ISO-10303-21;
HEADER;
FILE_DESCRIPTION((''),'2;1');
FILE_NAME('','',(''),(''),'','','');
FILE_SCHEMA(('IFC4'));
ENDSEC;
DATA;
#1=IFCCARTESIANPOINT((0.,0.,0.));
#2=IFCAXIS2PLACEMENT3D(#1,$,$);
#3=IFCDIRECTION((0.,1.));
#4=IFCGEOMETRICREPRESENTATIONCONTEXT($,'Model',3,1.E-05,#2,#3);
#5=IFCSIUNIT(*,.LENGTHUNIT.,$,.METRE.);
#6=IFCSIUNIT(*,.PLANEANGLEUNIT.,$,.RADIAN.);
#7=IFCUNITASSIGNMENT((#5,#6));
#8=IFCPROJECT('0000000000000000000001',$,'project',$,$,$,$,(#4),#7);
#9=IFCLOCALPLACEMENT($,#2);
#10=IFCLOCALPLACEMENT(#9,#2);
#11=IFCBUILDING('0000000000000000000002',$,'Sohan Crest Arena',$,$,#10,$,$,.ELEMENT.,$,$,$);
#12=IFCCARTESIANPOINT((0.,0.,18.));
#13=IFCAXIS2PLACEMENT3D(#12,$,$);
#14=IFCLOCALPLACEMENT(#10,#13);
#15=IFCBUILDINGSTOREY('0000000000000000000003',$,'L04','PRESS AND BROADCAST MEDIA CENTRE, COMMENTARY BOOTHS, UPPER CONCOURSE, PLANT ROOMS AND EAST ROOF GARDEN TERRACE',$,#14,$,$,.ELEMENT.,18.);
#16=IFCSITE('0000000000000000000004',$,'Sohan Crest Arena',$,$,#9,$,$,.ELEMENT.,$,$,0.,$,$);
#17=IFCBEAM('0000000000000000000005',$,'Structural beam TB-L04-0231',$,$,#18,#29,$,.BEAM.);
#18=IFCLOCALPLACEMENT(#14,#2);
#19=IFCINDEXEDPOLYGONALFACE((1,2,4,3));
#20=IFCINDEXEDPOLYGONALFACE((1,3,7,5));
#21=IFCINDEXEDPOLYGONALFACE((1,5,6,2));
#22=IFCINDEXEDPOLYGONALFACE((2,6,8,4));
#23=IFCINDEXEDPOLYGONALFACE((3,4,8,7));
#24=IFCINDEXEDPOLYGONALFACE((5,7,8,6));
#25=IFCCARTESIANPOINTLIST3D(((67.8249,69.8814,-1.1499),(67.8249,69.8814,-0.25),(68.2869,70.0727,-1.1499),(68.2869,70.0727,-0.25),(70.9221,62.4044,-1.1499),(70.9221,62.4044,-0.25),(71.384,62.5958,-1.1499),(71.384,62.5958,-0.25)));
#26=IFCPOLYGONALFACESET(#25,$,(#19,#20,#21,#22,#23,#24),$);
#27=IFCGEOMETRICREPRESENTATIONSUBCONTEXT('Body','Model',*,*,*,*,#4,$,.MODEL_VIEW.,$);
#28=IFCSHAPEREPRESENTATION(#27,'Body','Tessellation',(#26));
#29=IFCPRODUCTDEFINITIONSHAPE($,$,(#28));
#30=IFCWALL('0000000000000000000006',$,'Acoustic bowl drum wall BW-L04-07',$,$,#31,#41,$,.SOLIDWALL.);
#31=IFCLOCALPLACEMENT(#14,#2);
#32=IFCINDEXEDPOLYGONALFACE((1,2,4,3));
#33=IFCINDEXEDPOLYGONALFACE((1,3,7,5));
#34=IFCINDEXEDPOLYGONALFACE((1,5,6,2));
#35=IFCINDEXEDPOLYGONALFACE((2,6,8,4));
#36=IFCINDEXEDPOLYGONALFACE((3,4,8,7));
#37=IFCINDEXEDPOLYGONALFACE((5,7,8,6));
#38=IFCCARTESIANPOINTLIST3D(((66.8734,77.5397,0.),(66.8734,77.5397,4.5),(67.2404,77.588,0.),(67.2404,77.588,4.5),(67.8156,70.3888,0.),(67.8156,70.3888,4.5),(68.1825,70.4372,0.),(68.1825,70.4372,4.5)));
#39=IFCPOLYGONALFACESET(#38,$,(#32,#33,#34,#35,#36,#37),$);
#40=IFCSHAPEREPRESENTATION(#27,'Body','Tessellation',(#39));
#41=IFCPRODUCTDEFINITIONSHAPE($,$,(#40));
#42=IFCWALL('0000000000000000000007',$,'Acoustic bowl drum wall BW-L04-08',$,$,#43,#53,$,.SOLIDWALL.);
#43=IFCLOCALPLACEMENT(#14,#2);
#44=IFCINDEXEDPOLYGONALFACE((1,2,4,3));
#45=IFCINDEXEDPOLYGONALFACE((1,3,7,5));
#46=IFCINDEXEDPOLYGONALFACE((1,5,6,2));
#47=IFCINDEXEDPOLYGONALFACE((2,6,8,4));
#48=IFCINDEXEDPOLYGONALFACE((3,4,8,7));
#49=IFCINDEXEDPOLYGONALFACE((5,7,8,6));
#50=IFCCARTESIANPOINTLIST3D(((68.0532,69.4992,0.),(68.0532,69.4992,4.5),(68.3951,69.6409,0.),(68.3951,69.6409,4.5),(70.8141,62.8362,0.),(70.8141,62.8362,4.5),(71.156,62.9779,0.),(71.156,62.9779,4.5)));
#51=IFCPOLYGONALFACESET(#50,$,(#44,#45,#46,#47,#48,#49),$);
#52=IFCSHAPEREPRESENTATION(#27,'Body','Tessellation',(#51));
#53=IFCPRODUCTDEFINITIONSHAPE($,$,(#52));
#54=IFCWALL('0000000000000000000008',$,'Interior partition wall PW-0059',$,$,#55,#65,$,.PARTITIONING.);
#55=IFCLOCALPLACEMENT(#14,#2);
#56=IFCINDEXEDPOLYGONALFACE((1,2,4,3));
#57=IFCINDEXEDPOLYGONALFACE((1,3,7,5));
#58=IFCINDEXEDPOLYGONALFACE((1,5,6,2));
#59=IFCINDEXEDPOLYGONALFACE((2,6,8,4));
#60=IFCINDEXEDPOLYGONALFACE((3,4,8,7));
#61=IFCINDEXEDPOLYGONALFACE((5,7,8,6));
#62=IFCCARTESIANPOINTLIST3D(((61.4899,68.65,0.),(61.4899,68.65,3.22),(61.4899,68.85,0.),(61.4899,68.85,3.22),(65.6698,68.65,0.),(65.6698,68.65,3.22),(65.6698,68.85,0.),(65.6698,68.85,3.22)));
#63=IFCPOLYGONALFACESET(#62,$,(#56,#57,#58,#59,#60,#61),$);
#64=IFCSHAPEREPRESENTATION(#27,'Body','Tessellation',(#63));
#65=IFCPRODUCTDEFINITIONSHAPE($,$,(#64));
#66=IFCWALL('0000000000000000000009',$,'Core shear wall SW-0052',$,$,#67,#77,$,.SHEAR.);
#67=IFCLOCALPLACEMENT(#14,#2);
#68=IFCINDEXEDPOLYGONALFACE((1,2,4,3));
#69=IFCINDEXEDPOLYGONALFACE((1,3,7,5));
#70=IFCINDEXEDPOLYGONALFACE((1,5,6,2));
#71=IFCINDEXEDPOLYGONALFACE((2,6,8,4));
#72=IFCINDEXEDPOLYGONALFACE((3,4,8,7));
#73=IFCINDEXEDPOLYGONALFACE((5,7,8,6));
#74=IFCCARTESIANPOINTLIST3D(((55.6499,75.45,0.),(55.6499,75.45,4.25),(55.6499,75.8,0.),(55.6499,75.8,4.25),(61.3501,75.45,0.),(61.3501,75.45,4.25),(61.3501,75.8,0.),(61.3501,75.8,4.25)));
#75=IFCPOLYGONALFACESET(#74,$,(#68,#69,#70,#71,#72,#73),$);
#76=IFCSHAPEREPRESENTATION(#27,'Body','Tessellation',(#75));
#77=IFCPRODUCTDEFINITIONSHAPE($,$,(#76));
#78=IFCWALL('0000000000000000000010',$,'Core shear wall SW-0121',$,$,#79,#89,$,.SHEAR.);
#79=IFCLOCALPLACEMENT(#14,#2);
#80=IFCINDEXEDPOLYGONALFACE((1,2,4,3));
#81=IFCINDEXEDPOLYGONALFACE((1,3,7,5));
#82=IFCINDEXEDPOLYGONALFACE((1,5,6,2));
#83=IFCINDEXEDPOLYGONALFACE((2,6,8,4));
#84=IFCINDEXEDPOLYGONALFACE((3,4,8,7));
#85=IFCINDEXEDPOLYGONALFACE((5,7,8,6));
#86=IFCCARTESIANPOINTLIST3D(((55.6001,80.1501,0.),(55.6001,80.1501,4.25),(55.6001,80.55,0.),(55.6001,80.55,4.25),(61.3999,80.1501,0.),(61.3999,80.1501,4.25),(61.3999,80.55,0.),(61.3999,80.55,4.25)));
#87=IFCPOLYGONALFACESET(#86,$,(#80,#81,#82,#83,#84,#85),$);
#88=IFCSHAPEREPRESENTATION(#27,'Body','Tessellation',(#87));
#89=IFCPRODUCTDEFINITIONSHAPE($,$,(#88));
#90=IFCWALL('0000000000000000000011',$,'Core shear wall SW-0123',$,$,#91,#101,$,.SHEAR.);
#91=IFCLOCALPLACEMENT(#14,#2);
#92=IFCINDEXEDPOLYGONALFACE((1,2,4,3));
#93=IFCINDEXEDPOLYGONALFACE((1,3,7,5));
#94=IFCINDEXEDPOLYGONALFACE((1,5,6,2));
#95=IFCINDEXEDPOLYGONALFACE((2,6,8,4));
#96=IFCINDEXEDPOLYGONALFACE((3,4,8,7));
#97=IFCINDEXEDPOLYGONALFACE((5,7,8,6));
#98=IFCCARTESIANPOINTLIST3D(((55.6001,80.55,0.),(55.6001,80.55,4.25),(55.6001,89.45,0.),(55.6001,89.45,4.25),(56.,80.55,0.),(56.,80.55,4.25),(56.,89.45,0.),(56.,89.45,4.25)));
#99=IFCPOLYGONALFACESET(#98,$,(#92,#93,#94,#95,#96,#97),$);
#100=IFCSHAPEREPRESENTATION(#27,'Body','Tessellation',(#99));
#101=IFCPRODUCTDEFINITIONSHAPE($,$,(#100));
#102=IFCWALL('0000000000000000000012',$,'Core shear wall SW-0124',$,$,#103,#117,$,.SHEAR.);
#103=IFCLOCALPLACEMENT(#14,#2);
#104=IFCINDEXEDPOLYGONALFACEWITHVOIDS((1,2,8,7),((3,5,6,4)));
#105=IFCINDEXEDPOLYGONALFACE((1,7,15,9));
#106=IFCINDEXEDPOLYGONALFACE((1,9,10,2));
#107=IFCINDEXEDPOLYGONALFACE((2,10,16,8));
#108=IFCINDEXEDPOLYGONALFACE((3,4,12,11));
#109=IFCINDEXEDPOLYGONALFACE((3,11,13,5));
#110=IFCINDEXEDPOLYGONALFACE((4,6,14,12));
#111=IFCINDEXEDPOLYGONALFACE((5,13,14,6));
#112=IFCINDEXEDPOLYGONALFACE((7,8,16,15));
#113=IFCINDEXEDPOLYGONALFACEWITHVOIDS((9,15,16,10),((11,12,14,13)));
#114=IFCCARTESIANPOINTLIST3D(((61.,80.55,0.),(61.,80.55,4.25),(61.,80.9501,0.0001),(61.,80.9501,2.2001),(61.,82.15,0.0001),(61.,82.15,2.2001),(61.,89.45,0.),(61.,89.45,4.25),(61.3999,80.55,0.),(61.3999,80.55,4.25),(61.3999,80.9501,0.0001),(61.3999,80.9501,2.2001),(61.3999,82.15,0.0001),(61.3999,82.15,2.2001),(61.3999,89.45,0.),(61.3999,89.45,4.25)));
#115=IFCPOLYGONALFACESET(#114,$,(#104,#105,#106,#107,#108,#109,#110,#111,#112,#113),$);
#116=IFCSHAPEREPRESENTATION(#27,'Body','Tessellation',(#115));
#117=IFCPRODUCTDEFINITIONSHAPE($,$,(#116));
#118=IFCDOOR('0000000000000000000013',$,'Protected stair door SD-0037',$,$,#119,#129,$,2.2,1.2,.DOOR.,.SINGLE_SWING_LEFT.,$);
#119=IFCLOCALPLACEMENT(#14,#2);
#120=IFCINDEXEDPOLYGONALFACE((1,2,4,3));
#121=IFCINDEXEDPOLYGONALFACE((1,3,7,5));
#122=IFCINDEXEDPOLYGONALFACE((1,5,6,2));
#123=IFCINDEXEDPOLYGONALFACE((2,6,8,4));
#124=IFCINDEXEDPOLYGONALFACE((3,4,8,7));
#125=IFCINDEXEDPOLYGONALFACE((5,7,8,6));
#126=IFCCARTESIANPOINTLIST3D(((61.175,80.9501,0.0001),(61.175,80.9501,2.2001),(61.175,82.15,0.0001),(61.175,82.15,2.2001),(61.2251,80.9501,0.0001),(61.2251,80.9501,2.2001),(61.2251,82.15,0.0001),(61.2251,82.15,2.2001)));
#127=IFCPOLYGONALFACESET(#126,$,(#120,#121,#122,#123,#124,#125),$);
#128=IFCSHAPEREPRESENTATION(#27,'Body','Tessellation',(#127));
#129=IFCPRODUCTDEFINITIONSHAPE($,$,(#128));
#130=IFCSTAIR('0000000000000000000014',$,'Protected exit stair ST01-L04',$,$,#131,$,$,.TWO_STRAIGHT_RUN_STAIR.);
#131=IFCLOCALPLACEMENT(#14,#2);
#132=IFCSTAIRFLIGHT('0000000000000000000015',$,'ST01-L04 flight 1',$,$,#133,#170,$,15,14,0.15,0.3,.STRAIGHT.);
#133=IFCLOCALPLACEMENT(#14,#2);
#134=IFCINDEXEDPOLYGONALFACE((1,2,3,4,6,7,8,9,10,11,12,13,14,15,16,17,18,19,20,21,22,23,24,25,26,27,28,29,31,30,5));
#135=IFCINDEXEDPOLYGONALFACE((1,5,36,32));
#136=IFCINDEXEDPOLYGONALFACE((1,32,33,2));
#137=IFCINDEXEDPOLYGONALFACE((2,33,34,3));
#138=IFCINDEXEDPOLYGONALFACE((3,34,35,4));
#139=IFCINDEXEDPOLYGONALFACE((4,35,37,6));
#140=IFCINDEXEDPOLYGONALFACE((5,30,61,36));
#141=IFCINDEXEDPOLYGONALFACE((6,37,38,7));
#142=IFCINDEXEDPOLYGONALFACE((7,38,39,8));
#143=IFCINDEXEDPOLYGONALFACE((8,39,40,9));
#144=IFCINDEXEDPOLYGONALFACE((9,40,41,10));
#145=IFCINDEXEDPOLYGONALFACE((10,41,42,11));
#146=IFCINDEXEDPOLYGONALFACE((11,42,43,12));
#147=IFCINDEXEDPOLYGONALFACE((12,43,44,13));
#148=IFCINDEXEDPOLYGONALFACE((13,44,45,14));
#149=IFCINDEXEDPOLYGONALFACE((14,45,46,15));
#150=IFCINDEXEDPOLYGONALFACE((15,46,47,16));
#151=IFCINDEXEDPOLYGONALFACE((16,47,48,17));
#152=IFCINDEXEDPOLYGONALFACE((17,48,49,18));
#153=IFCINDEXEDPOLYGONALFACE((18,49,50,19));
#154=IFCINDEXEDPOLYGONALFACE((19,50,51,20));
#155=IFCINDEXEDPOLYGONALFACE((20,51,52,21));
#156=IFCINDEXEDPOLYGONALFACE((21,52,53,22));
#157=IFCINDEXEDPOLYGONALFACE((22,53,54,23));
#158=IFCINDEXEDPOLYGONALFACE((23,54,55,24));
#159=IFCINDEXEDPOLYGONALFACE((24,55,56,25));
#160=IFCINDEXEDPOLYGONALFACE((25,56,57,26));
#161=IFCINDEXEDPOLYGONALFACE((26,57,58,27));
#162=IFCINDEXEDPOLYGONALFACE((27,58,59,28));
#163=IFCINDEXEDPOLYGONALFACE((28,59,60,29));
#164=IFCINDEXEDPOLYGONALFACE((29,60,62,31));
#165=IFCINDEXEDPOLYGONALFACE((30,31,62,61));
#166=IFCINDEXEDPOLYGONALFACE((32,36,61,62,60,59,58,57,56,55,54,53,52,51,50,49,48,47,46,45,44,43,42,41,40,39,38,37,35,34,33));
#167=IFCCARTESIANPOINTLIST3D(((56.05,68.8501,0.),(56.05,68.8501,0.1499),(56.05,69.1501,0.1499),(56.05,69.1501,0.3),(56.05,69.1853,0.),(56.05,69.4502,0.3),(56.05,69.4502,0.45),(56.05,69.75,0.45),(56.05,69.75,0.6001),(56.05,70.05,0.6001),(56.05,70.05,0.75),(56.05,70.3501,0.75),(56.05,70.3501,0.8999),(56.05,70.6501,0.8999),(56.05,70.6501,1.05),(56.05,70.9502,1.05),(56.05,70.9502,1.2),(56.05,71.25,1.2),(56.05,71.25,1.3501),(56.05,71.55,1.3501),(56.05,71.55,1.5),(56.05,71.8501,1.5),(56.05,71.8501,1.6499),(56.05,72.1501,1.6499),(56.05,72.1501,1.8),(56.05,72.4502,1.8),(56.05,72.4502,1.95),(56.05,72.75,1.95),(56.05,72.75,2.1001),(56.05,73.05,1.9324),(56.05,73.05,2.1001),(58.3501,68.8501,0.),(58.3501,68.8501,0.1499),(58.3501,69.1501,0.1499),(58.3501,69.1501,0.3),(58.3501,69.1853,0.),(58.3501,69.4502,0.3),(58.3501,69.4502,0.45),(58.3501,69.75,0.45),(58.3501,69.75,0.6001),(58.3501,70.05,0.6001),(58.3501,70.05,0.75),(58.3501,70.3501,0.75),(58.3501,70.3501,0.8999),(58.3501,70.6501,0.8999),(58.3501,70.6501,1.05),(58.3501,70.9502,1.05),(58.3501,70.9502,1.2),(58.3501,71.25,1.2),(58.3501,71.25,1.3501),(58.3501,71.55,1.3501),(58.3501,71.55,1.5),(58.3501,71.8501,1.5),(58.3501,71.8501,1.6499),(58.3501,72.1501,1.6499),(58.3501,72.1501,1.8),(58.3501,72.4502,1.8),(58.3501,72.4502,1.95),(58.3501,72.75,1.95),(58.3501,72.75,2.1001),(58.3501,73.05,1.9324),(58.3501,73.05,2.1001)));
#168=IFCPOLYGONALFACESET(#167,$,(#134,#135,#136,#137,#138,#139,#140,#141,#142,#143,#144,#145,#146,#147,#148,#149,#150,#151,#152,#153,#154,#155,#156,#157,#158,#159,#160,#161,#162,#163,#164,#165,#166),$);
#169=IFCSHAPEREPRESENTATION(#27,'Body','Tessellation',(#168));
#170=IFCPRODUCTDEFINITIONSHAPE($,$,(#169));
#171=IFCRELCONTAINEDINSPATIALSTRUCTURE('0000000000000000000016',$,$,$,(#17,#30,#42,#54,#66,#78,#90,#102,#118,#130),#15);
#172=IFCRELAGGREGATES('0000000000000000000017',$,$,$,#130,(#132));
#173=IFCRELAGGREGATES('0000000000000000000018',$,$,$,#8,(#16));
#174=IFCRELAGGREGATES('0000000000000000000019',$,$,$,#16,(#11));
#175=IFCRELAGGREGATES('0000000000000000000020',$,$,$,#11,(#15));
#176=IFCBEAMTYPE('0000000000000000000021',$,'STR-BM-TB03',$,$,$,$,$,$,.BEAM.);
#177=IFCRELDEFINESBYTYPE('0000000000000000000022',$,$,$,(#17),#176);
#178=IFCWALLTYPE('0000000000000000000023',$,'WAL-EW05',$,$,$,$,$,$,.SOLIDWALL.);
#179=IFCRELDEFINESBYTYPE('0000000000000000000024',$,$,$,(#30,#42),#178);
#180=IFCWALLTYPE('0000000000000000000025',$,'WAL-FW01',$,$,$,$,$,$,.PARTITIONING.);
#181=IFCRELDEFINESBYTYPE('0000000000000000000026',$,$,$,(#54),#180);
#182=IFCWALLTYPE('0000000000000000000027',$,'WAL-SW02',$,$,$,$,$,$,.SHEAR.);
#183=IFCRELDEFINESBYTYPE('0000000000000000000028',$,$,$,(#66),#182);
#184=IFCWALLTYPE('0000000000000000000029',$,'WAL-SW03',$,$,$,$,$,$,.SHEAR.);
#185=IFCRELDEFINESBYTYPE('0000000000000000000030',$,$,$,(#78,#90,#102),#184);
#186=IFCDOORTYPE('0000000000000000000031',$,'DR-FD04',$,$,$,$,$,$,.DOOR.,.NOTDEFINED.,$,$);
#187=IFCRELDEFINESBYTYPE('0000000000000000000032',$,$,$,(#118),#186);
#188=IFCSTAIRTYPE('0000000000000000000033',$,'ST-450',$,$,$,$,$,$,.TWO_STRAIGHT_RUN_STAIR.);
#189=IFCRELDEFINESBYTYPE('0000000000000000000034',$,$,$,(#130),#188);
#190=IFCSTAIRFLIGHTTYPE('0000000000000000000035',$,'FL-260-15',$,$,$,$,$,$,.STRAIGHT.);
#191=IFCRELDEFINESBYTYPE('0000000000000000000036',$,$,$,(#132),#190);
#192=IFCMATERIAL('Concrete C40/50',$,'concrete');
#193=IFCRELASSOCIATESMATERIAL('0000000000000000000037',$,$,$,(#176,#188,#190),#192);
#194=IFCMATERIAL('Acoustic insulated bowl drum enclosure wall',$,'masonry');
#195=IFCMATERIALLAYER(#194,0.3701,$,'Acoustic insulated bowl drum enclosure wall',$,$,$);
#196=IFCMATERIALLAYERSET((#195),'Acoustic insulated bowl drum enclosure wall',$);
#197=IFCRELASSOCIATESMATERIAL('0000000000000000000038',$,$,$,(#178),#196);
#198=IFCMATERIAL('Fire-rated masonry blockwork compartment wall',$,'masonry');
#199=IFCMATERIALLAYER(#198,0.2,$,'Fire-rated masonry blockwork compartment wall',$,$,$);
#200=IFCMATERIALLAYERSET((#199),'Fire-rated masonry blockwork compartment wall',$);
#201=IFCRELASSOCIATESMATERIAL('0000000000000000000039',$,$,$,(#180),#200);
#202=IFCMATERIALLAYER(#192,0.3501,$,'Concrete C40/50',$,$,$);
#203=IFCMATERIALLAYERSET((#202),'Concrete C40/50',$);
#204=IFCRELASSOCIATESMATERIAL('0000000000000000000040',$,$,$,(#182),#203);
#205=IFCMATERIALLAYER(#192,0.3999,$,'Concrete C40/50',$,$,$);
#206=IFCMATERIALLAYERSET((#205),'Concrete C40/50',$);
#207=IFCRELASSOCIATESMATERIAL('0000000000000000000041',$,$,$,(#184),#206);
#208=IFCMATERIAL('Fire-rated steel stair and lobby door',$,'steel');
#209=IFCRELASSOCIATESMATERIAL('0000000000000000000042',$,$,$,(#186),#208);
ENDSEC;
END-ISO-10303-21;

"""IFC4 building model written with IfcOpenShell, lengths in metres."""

from ifc_helpers import new_model, si_unit, direction, frame, frame_2d, origin, origin_2d, place, context, subcontext, project, spatial, polyline, rectangle, outline, extrude, material, layer, layer_set, material_profile, profile_set, type_object, element, fill, aggregate, save


model = new_model("IFC4")

# Units and contexts
model_context = context("Model", 3, precision=1e-05, world=origin(), true_north=direction((0.0, 1.0)))
body_context = subcontext(model_context, "Body", "Model", "MODEL_VIEW")
ifc_project = project(units=[si_unit("LENGTHUNIT", "METRE"), si_unit("PLANEANGLEUNIT", "RADIAN")], contexts=[model_context])

# Site, building, storey
site_placement = place(None, origin())
site = spatial("IfcSite", under=ifc_project, at=site_placement, Name="Sohan Crest Arena", CompositionType="ELEMENT", RefElevation=0.0)
building_placement = place(site_placement, origin())
building = spatial("IfcBuilding", under=site, at=building_placement, Name="Sohan Crest Arena", CompositionType="ELEMENT")
storey_placement = place(building_placement, frame((0.0, 0.0, 18.0)))
storey = spatial("IfcBuildingStorey", under=building, at=storey_placement, Name="L04", Description="PRESS AND BROADCAST MEDIA CENTRE, COMMENTARY BOOTHS, UPPER CONCOURSE, PLANT ROOMS AND EAST ROOF GARDEN TERRACE", CompositionType="ELEMENT", Elevation=18.0)

# Shared definitions
ifc_material_1 = material(Name="Concrete C40/50", Category="concrete")

# Beam
ifc_material_profile_1 = material_profile(ifc_material_1, rectangle(XDim=0.5, YDim=0.8999, at=origin_2d()), Name="RC-BM 500x900")
ifc_profile_set_1 = profile_set([ifc_material_profile_1], Name="Concrete C40/50")
beam_type_1 = type_object("IfcBeamType", Name="STR-BM-TB03", PredefinedType="BEAM", material=ifc_profile_set_1)
beam_1_placement = place(storey_placement, frame((68.0559, 69.9771, -0.7), z_axis=(0.382691, -0.923876, 0.0), x_axis=(0.923876, 0.382691, 0.0)))
element("IfcBeam", 1, at=beam_1_placement, inside=storey, type_object=beam_type_1, Name="Structural beam TB-L04-0231", PredefinedType="BEAM", context=body_context, shape_type="SweptSolid", body=[
    extrude(rectangle(XDim=0.5, YDim=0.8999, at=origin_2d()), origin(), (0.0, 0.0, 1.0), 8.093),
])

# Walls
ifc_material_2 = material(Name="Acoustic insulated bowl drum enclosure wall", Category="masonry")
ifc_layer_1 = layer(ifc_material_2, 0.3701, Name="Acoustic insulated bowl drum enclosure wall")
ifc_layer_set_1 = layer_set([ifc_layer_1], Name="Acoustic insulated bowl drum enclosure wall")
wall_type_1 = type_object("IfcWallType", Name="WAL-EW05", PredefinedType="SOLIDWALL", material=ifc_layer_set_1)
wall_1_placement = place(storey_placement, frame((67.0569, 77.564, 0.0), z_axis=(0.0, 0.0, 1.0), x_axis=(0.130623, -0.991432, 0.0)))
element("IfcWall", 2, at=wall_1_placement, inside=storey, type_object=wall_type_1, Name="Acoustic bowl drum wall BW-L04-07", PredefinedType="SOLIDWALL", context=body_context, shape_type="SweptSolid", body=[
    extrude(rectangle(XDim=7.2126, YDim=0.3701, at=frame_2d((3.6064, 0.0))), origin(), (0.0, 0.0, 1.0), 4.5),
])
wall_2_placement = place(storey_placement, frame((68.2241, 69.5701, 0.0), z_axis=(0.0, 0.0, 1.0), x_axis=(0.382807, -0.923828, 0.0)))
element("IfcWall", 3, at=wall_2_placement, inside=storey, type_object=wall_type_1, Name="Acoustic bowl drum wall BW-L04-08", PredefinedType="SOLIDWALL", context=body_context, shape_type="SweptSolid", body=[
    extrude(rectangle(XDim=7.2124, YDim=0.3701, at=frame_2d((3.6062, 0.0))), origin(), (0.0, 0.0, 1.0), 4.5),
])
ifc_material_3 = material(Name="Fire-rated masonry blockwork compartment wall", Category="masonry")
ifc_layer_2 = layer(ifc_material_3, 0.2, Name="Fire-rated masonry blockwork compartment wall")
ifc_layer_set_2 = layer_set([ifc_layer_2], Name="Fire-rated masonry blockwork compartment wall")
wall_type_2 = type_object("IfcWallType", Name="WAL-FW01", PredefinedType="PARTITIONING", material=ifc_layer_set_2)
wall_3_placement = place(storey_placement, frame((61.49, 68.75, 0.0), z_axis=(0.0, 0.0, 1.0), x_axis=(1.0, 0.0, 0.0)))
element("IfcWall", 4, at=wall_3_placement, inside=storey, type_object=wall_type_2, Name="Interior partition wall PW-0059", PredefinedType="PARTITIONING", context=body_context, shape_type="SweptSolid", body=[
    extrude(rectangle(XDim=4.1799, YDim=0.2, at=frame_2d((2.0898, 0.0))), origin(), (0.0, 0.0, 1.0), 3.22),
])
ifc_layer_3 = layer(ifc_material_1, 0.3501, Name="Concrete C40/50")
ifc_layer_set_3 = layer_set([ifc_layer_3], Name="Concrete C40/50")
wall_type_3 = type_object("IfcWallType", Name="WAL-SW02", PredefinedType="SHEAR", material=ifc_layer_set_3)
wall_4_placement = place(storey_placement, frame((55.6499, 75.625, 0.0), z_axis=(0.0, 0.0, 1.0), x_axis=(1.0, 0.0, 0.0)))
element("IfcWall", 5, at=wall_4_placement, inside=storey, type_object=wall_type_3, Name="Core shear wall SW-0052", PredefinedType="SHEAR", context=body_context, shape_type="SweptSolid", body=[
    extrude(rectangle(XDim=5.7002, YDim=0.3501, at=frame_2d((2.8501, 0.0))), origin(), (0.0, 0.0, 1.0), 4.25),
])
ifc_layer_4 = layer(ifc_material_1, 0.3999, Name="Concrete C40/50")
ifc_layer_set_4 = layer_set([ifc_layer_4], Name="Concrete C40/50")
wall_type_4 = type_object("IfcWallType", Name="WAL-SW03", PredefinedType="SHEAR", material=ifc_layer_set_4)
wall_5_placement = place(storey_placement, frame((55.6001, 80.3501, 0.0), z_axis=(0.0, 0.0, 1.0), x_axis=(1.0, 0.0, 0.0)))
element("IfcWall", 6, at=wall_5_placement, inside=storey, type_object=wall_type_4, Name="Core shear wall SW-0121", PredefinedType="SHEAR", context=body_context, shape_type="SweptSolid", body=[
    extrude(rectangle(XDim=5.7998, YDim=0.3999, at=frame_2d((2.8999, 0.0))), origin(), (0.0, 0.0, 1.0), 4.25),
])
wall_6_placement = place(storey_placement, frame((55.8, 80.55, 0.0), z_axis=(0.0, 0.0, 1.0), x_axis=(0.0, 1.0, 0.0)))
element("IfcWall", 7, at=wall_6_placement, inside=storey, type_object=wall_type_4, Name="Core shear wall SW-0123", PredefinedType="SHEAR", context=body_context, shape_type="SweptSolid", body=[
    extrude(rectangle(XDim=8.8999, YDim=0.3999, at=frame_2d((4.45, 0.0))), origin(), (0.0, 0.0, 1.0), 4.25),
])

# Wall, opening, door
wall_7_placement = place(storey_placement, frame((61.2, 80.55, 0.0), z_axis=(0.0, 0.0, 1.0), x_axis=(0.0, 1.0, 0.0)))
wall_7 = element("IfcWall", 8, at=wall_7_placement, inside=storey, type_object=wall_type_4, Name="Core shear wall SW-0124", PredefinedType="SHEAR", context=body_context, shape_type="SweptSolid", body=[
    extrude(rectangle(XDim=8.8999, YDim=0.3999, at=frame_2d((4.45, 0.0))), origin(), (0.0, 0.0, 1.0), 4.25),
])
opening_placement = place(wall_7_placement, frame((0.3999, 0.0, 0.0)))
opening = element("IfcOpeningElement", 9, at=opening_placement, cuts=wall_7, PredefinedType="OPENING", context=body_context, shape_type="SweptSolid", body=[
    extrude(rectangle(XDim=1.2, YDim=2.2, at=frame_2d((0.6001, 1.1001))), frame((0.0, 0.21, 0.0), z_axis=(0.0, -1.0, 0.0), x_axis=(1.0, 0.0, 0.0)), (0.0, 0.0, 1.0), 0.4199),
])
ifc_material_4 = material(Name="Fire-rated steel stair and lobby door", Category="steel")
door_type = type_object("IfcDoorType", Name="DR-FD04", OperationType="NOTDEFINED", PredefinedType="DOOR", material=ifc_material_4)
door_placement = place(opening_placement, origin())
door = element("IfcDoor", 10, at=door_placement, inside=storey, type_object=door_type, Name="Protected stair door SD-0037", OperationType="SINGLE_SWING_LEFT", OverallHeight=2.2, OverallWidth=1.2, PredefinedType="DOOR", context=body_context, shape_type="SweptSolid", body=[
    extrude(rectangle(XDim=1.2, YDim=2.2, at=frame_2d((0.6001, 1.1001))), frame((0.0, 0.0249, 0.0), z_axis=(0.0, -1.0, 0.0), x_axis=(1.0, 0.0, 0.0)), (0.0, 0.0, 1.0), 0.05),
])
fill(opening, door)

# Stair, stair flight
stair_type = type_object("IfcStairType", Name="ST-450", PredefinedType="TWO_STRAIGHT_RUN_STAIR", material=ifc_material_1)
stair_1_placement = place(storey_placement, origin())
stair_1 = element("IfcStair", 11, at=stair_1_placement, inside=storey, type_object=stair_type, Name="Protected exit stair ST01-L04", PredefinedType="TWO_STRAIGHT_RUN_STAIR")
stair_flight_type = type_object("IfcStairFlightType", Name="FL-260-15", PredefinedType="STRAIGHT", material=ifc_material_1)
stair_flight_1_placement = place(storey_placement, frame((57.2, 68.8501, 0.0), z_axis=(0.0, 0.0, 1.0), x_axis=(0.0, 1.0, 0.0)))
stair_flight_1 = element("IfcStairFlight", 12, at=stair_flight_1_placement, type_object=stair_flight_type, Name="ST01-L04 flight 1", NumberOfRisers=15, NumberOfTreads=14, PredefinedType="STRAIGHT", RiserHeight=0.15, TreadLength=0.3, context=body_context, shape_type="SweptSolid", body=[
    extrude(outline(polyline([(0.0, 0.0), (0.0, 0.1499), (0.3, 0.1499), (0.3, 0.3), (0.6001, 0.3), (0.6001, 0.45), (0.8999, 0.45), (0.8999, 0.6001), (1.2, 0.6001), (1.2, 0.75), (1.5, 0.75), (1.5, 0.8999), (1.8, 0.8999), (1.8, 1.05), (2.1001, 1.05), (2.1001, 1.2), (2.3999, 1.2), (2.3999, 1.3501), (2.7, 1.3501), (2.7, 1.5), (3.0, 1.5), (3.0, 1.6499), (3.3, 1.6499), (3.3, 1.8), (3.6001, 1.8), (3.6001, 1.95), (3.8999, 1.95), (3.8999, 2.1001), (4.2, 2.1001), (4.2, 2.25), (4.2, 1.9324), (0.3352, 0.0), (0.0, 0.0)])), frame((0.0, 1.1499, 0.0), z_axis=(0.0, -1.0, 0.0), x_axis=(1.0, 0.0, 0.0)), (0.0, 0.0, 1.0), 2.3),
])
aggregate(stair_1, [stair_flight_1])

save(model, "model.ifc")
